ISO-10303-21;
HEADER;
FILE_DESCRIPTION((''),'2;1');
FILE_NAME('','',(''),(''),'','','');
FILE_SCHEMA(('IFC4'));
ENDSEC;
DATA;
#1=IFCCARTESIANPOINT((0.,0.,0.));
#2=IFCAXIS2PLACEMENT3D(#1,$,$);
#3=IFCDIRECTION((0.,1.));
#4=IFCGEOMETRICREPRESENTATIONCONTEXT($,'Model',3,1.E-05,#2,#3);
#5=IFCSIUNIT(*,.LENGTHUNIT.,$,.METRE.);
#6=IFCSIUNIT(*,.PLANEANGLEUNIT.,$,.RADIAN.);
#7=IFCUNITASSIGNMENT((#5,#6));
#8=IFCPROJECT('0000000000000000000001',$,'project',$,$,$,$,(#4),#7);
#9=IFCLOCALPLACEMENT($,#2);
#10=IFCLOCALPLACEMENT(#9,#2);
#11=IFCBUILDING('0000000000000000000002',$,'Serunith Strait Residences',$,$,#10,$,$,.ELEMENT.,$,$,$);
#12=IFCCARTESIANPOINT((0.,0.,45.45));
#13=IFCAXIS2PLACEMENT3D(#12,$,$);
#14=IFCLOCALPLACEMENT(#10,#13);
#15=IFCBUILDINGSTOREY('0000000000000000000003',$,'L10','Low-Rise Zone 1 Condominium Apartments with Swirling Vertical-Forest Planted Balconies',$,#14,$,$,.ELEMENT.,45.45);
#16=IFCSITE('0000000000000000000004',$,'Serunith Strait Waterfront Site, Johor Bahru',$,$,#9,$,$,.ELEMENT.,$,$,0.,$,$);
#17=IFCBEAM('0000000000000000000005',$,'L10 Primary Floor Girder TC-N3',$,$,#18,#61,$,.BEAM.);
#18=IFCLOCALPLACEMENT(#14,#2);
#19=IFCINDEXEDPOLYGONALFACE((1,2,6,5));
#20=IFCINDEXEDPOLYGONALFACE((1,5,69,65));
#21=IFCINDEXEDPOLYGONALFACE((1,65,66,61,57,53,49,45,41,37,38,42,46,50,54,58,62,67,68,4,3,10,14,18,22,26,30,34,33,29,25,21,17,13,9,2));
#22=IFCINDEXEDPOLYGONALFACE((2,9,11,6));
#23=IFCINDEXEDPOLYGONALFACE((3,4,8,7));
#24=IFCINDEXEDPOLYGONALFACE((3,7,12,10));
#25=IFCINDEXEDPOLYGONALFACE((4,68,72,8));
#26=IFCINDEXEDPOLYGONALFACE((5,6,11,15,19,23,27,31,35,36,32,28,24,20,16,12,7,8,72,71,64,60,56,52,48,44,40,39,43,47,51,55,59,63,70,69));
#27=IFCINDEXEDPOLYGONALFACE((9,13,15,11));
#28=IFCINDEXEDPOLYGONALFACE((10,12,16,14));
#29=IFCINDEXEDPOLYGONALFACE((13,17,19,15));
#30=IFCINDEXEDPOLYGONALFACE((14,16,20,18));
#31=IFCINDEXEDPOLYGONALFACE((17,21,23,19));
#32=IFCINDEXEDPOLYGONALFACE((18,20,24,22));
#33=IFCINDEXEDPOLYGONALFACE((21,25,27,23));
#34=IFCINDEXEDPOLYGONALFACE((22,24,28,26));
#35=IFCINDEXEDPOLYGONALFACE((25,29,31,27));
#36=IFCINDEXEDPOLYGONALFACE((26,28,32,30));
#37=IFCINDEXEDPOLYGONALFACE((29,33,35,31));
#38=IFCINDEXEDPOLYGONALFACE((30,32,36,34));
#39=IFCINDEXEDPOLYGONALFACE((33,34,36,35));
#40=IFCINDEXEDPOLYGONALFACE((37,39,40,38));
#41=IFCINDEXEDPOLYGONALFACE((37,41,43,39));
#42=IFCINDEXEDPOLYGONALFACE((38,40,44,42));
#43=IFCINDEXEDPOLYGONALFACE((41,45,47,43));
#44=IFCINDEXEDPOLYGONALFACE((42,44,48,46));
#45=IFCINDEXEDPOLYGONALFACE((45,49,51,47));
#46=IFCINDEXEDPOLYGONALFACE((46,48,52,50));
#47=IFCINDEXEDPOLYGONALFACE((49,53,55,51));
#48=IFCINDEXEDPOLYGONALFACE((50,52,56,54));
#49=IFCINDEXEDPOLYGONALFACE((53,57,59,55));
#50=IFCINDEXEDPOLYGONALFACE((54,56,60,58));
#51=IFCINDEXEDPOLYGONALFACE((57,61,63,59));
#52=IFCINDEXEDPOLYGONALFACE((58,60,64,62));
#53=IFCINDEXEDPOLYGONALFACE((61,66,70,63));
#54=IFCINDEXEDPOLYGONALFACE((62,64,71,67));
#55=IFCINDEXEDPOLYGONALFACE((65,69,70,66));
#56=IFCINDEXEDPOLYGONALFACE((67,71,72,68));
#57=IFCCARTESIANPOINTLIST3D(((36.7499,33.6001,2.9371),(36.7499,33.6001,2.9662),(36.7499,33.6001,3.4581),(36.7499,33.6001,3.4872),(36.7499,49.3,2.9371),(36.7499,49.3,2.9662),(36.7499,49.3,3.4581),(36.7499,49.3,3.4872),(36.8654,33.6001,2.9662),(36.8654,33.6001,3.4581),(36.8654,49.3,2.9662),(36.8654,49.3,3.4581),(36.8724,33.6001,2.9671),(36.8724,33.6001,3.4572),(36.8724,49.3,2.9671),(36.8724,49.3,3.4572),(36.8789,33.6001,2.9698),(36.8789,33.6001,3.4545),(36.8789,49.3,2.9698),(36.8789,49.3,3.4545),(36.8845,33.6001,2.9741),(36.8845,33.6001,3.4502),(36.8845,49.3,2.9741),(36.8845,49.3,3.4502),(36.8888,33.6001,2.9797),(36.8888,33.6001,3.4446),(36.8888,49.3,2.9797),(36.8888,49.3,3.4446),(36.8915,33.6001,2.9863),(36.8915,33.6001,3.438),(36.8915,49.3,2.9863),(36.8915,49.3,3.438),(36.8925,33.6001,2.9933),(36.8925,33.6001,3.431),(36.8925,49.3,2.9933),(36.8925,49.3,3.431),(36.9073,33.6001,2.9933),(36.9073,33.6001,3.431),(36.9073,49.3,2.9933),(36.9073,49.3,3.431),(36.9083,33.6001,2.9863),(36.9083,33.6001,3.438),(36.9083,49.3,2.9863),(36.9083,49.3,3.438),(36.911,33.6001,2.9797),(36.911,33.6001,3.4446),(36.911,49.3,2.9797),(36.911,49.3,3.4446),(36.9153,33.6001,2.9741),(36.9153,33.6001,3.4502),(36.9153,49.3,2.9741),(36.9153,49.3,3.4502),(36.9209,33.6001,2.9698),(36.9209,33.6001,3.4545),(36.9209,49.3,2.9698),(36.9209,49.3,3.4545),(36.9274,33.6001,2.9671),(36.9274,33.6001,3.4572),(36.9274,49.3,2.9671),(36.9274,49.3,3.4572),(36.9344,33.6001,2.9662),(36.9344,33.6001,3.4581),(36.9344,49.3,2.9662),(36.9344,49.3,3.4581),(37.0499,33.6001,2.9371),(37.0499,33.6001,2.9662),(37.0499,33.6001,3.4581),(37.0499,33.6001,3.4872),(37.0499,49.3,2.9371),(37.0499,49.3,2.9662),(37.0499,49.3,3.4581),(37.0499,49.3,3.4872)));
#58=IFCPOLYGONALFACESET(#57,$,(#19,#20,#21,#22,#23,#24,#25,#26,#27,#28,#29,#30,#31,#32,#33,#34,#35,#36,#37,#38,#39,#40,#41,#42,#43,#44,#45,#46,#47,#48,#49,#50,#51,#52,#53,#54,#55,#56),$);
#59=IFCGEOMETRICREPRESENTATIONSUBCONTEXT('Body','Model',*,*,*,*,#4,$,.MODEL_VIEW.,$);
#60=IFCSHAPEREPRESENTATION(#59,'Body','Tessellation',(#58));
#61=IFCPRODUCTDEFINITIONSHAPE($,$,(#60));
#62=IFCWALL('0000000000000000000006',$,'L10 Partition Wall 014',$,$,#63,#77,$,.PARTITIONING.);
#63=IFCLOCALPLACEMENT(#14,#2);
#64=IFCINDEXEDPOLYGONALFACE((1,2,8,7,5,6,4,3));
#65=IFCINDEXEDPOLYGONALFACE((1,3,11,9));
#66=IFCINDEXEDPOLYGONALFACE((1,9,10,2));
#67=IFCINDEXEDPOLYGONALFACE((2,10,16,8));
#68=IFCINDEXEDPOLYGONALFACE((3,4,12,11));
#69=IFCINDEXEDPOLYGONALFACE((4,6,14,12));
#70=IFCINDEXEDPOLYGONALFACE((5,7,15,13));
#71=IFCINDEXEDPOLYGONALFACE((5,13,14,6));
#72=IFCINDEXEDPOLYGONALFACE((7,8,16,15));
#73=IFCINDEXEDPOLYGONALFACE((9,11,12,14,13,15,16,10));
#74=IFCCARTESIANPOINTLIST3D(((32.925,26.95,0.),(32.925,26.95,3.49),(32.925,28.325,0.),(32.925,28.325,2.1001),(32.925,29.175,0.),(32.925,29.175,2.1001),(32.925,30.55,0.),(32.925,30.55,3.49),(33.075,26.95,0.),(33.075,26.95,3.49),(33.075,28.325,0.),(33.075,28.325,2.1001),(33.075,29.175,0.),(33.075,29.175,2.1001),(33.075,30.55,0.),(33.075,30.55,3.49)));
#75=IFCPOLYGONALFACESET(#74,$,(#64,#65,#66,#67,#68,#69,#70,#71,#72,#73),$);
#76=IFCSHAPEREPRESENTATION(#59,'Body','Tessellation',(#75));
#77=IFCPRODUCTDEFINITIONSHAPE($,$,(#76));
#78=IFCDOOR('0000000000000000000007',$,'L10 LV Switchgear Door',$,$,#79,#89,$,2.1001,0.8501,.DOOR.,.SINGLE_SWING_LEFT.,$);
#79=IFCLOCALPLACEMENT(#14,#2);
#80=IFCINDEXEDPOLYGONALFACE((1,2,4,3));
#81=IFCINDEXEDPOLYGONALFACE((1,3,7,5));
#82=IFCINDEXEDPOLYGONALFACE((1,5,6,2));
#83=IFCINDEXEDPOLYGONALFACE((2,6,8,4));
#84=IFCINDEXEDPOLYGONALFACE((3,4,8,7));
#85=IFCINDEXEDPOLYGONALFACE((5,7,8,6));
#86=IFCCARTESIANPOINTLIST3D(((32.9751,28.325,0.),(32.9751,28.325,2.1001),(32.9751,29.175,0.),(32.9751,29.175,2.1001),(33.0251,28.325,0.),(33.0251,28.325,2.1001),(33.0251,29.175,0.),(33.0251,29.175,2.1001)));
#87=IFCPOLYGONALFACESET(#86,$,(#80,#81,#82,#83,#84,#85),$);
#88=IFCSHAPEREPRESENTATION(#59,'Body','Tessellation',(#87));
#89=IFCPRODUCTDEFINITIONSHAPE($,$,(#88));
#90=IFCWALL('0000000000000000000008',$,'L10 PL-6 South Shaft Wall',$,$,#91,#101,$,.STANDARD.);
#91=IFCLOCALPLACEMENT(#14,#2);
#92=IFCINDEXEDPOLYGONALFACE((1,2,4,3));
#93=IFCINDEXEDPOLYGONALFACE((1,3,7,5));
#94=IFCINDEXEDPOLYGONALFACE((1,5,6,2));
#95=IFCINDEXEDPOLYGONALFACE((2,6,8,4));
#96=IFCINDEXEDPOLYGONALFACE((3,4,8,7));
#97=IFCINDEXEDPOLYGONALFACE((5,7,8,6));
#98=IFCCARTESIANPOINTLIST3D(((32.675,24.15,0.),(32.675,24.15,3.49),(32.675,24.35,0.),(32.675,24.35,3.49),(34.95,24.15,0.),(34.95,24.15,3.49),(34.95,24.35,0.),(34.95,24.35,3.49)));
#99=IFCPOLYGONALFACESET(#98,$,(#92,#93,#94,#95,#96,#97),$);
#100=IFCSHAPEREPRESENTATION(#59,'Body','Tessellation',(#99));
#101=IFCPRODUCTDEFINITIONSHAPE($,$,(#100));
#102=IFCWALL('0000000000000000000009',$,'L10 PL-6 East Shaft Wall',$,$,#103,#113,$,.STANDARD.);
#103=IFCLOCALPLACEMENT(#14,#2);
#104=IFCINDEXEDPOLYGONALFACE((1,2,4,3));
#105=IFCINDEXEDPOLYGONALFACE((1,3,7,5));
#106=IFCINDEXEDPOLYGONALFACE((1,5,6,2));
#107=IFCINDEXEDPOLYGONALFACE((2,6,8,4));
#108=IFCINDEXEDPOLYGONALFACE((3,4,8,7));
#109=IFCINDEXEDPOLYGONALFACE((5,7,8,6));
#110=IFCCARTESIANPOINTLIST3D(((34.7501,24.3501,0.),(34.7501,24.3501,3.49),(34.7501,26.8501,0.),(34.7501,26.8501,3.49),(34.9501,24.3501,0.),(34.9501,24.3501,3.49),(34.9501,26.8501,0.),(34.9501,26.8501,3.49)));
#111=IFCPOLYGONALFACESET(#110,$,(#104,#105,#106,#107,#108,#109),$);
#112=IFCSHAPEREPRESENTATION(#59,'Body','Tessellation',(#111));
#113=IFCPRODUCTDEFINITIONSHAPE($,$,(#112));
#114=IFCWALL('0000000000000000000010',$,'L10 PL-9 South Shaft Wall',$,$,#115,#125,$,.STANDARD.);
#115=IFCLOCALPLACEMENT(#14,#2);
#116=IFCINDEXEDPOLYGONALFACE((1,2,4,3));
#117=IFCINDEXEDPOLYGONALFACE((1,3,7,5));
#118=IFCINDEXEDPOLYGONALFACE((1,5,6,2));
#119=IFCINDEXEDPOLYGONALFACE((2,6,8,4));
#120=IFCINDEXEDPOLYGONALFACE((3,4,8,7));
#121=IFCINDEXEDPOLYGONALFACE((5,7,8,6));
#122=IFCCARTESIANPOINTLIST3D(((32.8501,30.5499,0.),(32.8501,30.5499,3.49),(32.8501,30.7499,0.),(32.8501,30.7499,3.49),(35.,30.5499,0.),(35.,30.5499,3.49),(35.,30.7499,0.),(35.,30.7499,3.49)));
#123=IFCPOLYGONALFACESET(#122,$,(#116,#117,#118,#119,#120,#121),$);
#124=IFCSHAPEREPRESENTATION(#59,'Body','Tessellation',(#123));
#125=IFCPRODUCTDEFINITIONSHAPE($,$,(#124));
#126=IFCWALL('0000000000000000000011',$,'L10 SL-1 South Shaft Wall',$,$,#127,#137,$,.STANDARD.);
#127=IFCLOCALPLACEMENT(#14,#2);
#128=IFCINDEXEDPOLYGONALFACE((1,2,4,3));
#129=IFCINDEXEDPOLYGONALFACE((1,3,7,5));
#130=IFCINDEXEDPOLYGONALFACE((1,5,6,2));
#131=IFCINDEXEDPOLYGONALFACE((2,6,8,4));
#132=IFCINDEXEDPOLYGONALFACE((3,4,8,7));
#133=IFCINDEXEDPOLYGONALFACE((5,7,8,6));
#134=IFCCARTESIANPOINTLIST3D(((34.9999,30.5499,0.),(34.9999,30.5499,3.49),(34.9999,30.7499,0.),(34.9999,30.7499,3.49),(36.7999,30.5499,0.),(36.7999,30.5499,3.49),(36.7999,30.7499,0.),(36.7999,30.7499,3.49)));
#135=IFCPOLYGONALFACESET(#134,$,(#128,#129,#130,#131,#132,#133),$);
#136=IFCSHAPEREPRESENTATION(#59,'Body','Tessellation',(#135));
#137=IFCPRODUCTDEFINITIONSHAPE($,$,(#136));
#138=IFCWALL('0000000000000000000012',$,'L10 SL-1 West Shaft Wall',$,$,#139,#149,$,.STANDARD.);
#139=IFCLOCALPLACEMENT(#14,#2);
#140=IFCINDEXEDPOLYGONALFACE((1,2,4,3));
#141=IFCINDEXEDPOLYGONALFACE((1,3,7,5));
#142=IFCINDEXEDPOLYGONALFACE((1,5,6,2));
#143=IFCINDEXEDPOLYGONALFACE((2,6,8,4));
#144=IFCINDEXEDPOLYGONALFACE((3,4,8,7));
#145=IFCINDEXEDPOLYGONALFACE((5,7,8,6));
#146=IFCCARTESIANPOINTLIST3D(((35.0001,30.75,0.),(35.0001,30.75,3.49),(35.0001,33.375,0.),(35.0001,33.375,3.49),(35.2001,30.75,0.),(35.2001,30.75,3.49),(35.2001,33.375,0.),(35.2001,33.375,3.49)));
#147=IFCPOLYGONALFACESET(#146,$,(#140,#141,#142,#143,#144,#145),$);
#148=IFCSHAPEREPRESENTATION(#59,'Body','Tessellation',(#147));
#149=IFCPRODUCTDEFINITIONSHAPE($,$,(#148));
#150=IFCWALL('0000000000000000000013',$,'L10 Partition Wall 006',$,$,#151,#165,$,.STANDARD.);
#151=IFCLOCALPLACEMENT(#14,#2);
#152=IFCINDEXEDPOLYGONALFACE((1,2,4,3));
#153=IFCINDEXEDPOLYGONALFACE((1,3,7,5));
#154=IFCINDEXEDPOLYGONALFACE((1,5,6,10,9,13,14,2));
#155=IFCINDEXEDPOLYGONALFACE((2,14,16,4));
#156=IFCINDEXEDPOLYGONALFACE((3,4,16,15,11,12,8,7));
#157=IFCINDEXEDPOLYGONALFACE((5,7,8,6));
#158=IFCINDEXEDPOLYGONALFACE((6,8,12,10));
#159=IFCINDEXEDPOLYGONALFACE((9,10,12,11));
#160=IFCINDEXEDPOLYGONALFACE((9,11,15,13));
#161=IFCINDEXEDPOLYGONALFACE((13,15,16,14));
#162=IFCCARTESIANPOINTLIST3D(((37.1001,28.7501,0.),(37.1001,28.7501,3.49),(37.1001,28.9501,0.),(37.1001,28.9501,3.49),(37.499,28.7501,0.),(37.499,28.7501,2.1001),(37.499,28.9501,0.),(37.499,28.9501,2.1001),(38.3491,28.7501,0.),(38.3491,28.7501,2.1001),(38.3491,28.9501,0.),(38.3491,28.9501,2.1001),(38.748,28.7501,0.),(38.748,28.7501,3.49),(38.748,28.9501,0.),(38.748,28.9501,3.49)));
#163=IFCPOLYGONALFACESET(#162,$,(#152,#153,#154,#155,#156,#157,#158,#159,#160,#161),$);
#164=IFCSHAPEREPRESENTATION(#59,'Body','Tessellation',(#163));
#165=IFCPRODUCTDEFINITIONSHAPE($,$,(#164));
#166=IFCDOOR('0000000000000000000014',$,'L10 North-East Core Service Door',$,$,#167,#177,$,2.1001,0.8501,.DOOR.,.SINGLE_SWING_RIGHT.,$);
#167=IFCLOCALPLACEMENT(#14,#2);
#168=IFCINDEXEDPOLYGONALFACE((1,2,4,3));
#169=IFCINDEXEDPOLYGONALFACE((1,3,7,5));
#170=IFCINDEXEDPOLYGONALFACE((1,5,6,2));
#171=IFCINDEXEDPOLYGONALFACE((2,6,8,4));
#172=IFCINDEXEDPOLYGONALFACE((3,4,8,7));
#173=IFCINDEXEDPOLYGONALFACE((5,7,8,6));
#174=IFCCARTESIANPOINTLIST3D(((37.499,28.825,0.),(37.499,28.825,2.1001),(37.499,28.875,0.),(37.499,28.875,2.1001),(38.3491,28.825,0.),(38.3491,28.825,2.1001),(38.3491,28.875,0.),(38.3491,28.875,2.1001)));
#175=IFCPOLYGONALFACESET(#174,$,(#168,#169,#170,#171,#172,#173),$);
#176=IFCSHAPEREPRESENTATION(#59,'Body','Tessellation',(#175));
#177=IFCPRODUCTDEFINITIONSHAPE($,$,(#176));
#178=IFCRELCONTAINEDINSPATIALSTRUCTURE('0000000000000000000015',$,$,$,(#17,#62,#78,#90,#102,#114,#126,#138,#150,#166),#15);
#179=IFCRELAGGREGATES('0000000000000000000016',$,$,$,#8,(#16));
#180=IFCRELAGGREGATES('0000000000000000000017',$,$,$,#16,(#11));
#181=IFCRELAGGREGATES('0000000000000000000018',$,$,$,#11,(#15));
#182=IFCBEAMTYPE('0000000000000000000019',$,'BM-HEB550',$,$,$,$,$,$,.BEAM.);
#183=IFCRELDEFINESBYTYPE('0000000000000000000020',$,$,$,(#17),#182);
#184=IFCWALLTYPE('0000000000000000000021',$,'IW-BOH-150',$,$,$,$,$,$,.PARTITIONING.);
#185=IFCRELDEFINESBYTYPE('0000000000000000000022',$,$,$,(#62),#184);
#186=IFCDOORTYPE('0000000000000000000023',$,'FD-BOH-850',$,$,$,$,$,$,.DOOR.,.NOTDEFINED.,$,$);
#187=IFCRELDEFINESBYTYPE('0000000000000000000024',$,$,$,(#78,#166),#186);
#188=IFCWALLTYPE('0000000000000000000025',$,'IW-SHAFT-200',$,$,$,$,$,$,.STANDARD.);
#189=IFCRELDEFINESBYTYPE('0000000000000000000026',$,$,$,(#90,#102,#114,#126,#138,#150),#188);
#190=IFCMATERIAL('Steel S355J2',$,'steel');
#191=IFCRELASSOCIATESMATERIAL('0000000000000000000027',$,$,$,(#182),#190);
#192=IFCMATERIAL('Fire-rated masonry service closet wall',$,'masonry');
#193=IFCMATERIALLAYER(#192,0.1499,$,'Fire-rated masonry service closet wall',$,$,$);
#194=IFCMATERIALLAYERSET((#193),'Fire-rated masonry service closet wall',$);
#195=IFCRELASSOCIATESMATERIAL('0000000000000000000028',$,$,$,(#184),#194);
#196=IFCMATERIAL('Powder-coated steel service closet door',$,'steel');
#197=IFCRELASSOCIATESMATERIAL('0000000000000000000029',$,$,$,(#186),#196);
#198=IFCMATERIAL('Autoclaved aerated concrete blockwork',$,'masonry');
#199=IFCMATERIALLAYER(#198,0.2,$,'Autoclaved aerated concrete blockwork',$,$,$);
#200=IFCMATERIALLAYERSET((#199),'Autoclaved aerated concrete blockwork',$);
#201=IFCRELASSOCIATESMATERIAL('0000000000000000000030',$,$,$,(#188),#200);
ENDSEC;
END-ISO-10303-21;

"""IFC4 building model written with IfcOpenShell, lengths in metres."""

from ifc_helpers import new_model, si_unit, direction, frame, frame_2d, origin, origin_2d, place, context, subcontext, project, spatial, rectangle, i_section, extrude, source, transform, mapped, material, layer, layer_set, material_profile, profile_set, type_object, element, fill, save


model = new_model("IFC4")

# Units and contexts
model_context = context("Model", 3, precision=1e-05, world=origin(), true_north=direction((0.0, 1.0)))
body_context = subcontext(model_context, "Body", "Model", "MODEL_VIEW")
ifc_project = project(units=[si_unit("LENGTHUNIT", "METRE"), si_unit("PLANEANGLEUNIT", "RADIAN")], contexts=[model_context])

# Site, building, storey
site_placement = place(None, origin())
site = spatial("IfcSite", under=ifc_project, at=site_placement, Name="Serunith Strait Waterfront Site, Johor Bahru", CompositionType="ELEMENT", RefElevation=0.0)
building_placement = place(site_placement, origin())
building = spatial("IfcBuilding", under=site, at=building_placement, Name="Serunith Strait Residences", CompositionType="ELEMENT")
storey_placement = place(building_placement, frame((0.0, 0.0, 45.45)))
storey = spatial("IfcBuildingStorey", under=building, at=storey_placement, Name="L10", Description="Low-Rise Zone 1 Condominium Apartments with Swirling Vertical-Forest Planted Balconies", CompositionType="ELEMENT", Elevation=45.45)

# Beam
ifc_material_1 = material(Name="Steel S355J2", Category="steel")
ifc_material_profile = material_profile(ifc_material_1, i_section(OverallWidth=0.3, OverallDepth=0.55, WebThickness=0.0149, FlangeThickness=0.0291, FilletRadius=0.0271, at=origin_2d()), Name="HEB 550")
ifc_profile_set = profile_set([ifc_material_profile], Name="Steel S355J2")
beam_type = type_object("IfcBeamType", Name="BM-HEB550", PredefinedType="BEAM", material=ifc_profile_set)
shared_shape_1 = source(origin(), body_context, "Body", "SweptSolid", [
    extrude(i_section(OverallWidth=0.3, OverallDepth=0.55, WebThickness=0.0149, FlangeThickness=0.0291, FilletRadius=0.0271, at=origin_2d()), origin(), (0.0, 0.0, 1.0), 15.7),
])
beam_placement = place(storey_placement, frame((36.8999, 33.6001, 3.2122), z_axis=(0.0, 1.0, 0.0), x_axis=(-1.0, 0.0, 0.0)))
element("IfcBeam", 1, at=beam_placement, inside=storey, type_object=beam_type, Name="L10 Primary Floor Girder TC-N3", PredefinedType="BEAM", context=body_context, shape_type="MappedRepresentation", body=[
    mapped(shared_shape_1, transform((0.0, 0.0, 0.0), scale=1.0)),
])

# Wall, opening, door
ifc_material_2 = material(Name="Fire-rated masonry service closet wall", Category="masonry")
ifc_layer_1 = layer(ifc_material_2, 0.1499, Name="Fire-rated masonry service closet wall")
ifc_layer_set_1 = layer_set([ifc_layer_1], Name="Fire-rated masonry service closet wall")
wall_type_1 = type_object("IfcWallType", Name="IW-BOH-150", PredefinedType="PARTITIONING", material=ifc_layer_set_1)
wall_1_placement = place(storey_placement, frame((33.0, 26.95, 0.0), z_axis=(0.0, 0.0, 1.0), x_axis=(0.0, 1.0, 0.0)))
wall_1 = element("IfcWall", 2, at=wall_1_placement, inside=storey, type_object=wall_type_1, Name="L10 Partition Wall 014", PredefinedType="PARTITIONING", context=body_context, shape_type="SweptSolid", body=[
    extrude(rectangle(XDim=3.6001, YDim=0.1499, at=frame_2d((1.8, 0.0))), origin(), (0.0, 0.0, 1.0), 3.49),
])
opening_1_placement = place(wall_1_placement, frame((1.375, 0.0, 0.0)))
opening_1 = element("IfcOpeningElement", 3, at=opening_1_placement, cuts=wall_1, PredefinedType="OPENING", context=body_context, shape_type="SweptSolid", body=[
    extrude(rectangle(XDim=0.8501, YDim=2.1001, at=frame_2d((0.425, 1.05))), frame((0.0, 0.085, 0.0), z_axis=(0.0, -1.0, 0.0), x_axis=(1.0, 0.0, 0.0)), (0.0, 0.0, 1.0), 0.1699),
])
ifc_material_3 = material(Name="Powder-coated steel service closet door", Category="steel")
door_type_1 = type_object("IfcDoorType", Name="FD-BOH-850", OperationType="NOTDEFINED", PredefinedType="DOOR", material=ifc_material_3)
shared_shape_2 = source(origin(), body_context, "Body", "SweptSolid", [
    extrude(rectangle(XDim=0.8501, YDim=2.1001, at=frame_2d((0.425, 1.05))), frame((0.0, 0.0249, 0.0), z_axis=(0.0, -1.0, 0.0), x_axis=(1.0, 0.0, 0.0)), (0.0, 0.0, 1.0), 0.05),
])
door_1_placement = place(opening_1_placement, origin())
door_1 = element("IfcDoor", 4, at=door_1_placement, inside=storey, type_object=door_type_1, Name="L10 LV Switchgear Door", OperationType="SINGLE_SWING_LEFT", OverallHeight=2.1001, OverallWidth=0.8501, PredefinedType="DOOR", context=body_context, shape_type="MappedRepresentation", body=[
    mapped(shared_shape_2, transform((0.0, 0.0, 0.0), scale=1.0)),
])
fill(opening_1, door_1)
ifc_material_4 = material(Name="Autoclaved aerated concrete blockwork", Category="masonry")
ifc_layer_2 = layer(ifc_material_4, 0.2, Name="Autoclaved aerated concrete blockwork")
ifc_layer_set_2 = layer_set([ifc_layer_2], Name="Autoclaved aerated concrete blockwork")
wall_type_2 = type_object("IfcWallType", Name="IW-SHAFT-200", PredefinedType="STANDARD", material=ifc_layer_set_2)

# Walls
wall_2_placement = place(storey_placement, frame((32.675, 24.25, 0.0), z_axis=(0.0, 0.0, 1.0), x_axis=(1.0, 0.0, 0.0)))
element("IfcWall", 5, at=wall_2_placement, inside=storey, type_object=wall_type_2, Name="L10 PL-6 South Shaft Wall", PredefinedType="STANDARD", context=body_context, shape_type="SweptSolid", body=[
    extrude(rectangle(XDim=2.2749, YDim=0.2, at=frame_2d((1.1375, 0.0))), origin(), (0.0, 0.0, 1.0), 3.49),
])
wall_3_placement = place(storey_placement, frame((34.8501, 24.3501, 0.0), z_axis=(0.0, 0.0, 1.0), x_axis=(0.0, 1.0, 0.0)))
element("IfcWall", 6, at=wall_3_placement, inside=storey, type_object=wall_type_2, Name="L10 PL-6 East Shaft Wall", PredefinedType="STANDARD", context=body_context, shape_type="SweptSolid", body=[
    extrude(rectangle(XDim=2.5, YDim=0.2, at=frame_2d((1.25, 0.0))), origin(), (0.0, 0.0, 1.0), 3.49),
])
wall_4_placement = place(storey_placement, frame((32.8501, 30.6499, 0.0), z_axis=(0.0, 0.0, 1.0), x_axis=(1.0, 0.0, 0.0)))
element("IfcWall", 7, at=wall_4_placement, inside=storey, type_object=wall_type_2, Name="L10 PL-9 South Shaft Wall", PredefinedType="STANDARD", context=body_context, shape_type="SweptSolid", body=[
    extrude(rectangle(XDim=2.1499, YDim=0.2, at=frame_2d((1.075, 0.0))), origin(), (0.0, 0.0, 1.0), 3.49),
])
wall_5_placement = place(storey_placement, frame((35.0, 30.6499, 0.0), z_axis=(0.0, 0.0, 1.0), x_axis=(1.0, 0.0, 0.0)))
element("IfcWall", 8, at=wall_5_placement, inside=storey, type_object=wall_type_2, Name="L10 SL-1 South Shaft Wall", PredefinedType="STANDARD", context=body_context, shape_type="SweptSolid", body=[
    extrude(rectangle(XDim=1.8, YDim=0.2, at=frame_2d((0.8999, 0.0))), origin(), (0.0, 0.0, 1.0), 3.49),
])
wall_6_placement = place(storey_placement, frame((35.1001, 30.75, 0.0), z_axis=(0.0, 0.0, 1.0), x_axis=(0.0, 1.0, 0.0)))
element("IfcWall", 9, at=wall_6_placement, inside=storey, type_object=wall_type_2, Name="L10 SL-1 West Shaft Wall", PredefinedType="STANDARD", context=body_context, shape_type="SweptSolid", body=[
    extrude(rectangle(XDim=2.625, YDim=0.2, at=frame_2d((1.3125, 0.0))), origin(), (0.0, 0.0, 1.0), 3.49),
])

# Wall, opening, door
wall_7_placement = place(storey_placement, frame((37.1001, 28.8501, 0.0), z_axis=(0.0, 0.0, 1.0), x_axis=(1.0, 0.0, 0.0)))
wall_7 = element("IfcWall", 10, at=wall_7_placement, inside=storey, type_object=wall_type_2, Name="L10 Partition Wall 006", PredefinedType="STANDARD", context=body_context, shape_type="SweptSolid", body=[
    extrude(rectangle(XDim=1.6479, YDim=0.2, at=frame_2d((0.824, 0.0))), origin(), (0.0, 0.0, 1.0), 3.49),
])
opening_2_placement = place(wall_7_placement, frame((0.3989, 0.0, 0.0)))
opening_2 = element("IfcOpeningElement", 11, at=opening_2_placement, cuts=wall_7, PredefinedType="OPENING", context=body_context, shape_type="SweptSolid", body=[
    extrude(rectangle(XDim=0.8501, YDim=2.1001, at=frame_2d((0.425, 1.05))), frame((0.0, 0.1099, 0.0), z_axis=(0.0, -1.0, 0.0), x_axis=(1.0, 0.0, 0.0)), (0.0, 0.0, 1.0), 0.22),
])
door_2_placement = place(opening_2_placement, origin())
door_2 = element("IfcDoor", 12, at=door_2_placement, inside=storey, type_object=door_type_1, Name="L10 North-East Core Service Door", OperationType="SINGLE_SWING_RIGHT", OverallHeight=2.1001, OverallWidth=0.8501, PredefinedType="DOOR", context=body_context, shape_type="MappedRepresentation", body=[
    mapped(shared_shape_2, transform((0.0, 0.0, 0.0), scale=1.0)),
])
fill(opening_2, door_2)

save(model, "model.ifc")
